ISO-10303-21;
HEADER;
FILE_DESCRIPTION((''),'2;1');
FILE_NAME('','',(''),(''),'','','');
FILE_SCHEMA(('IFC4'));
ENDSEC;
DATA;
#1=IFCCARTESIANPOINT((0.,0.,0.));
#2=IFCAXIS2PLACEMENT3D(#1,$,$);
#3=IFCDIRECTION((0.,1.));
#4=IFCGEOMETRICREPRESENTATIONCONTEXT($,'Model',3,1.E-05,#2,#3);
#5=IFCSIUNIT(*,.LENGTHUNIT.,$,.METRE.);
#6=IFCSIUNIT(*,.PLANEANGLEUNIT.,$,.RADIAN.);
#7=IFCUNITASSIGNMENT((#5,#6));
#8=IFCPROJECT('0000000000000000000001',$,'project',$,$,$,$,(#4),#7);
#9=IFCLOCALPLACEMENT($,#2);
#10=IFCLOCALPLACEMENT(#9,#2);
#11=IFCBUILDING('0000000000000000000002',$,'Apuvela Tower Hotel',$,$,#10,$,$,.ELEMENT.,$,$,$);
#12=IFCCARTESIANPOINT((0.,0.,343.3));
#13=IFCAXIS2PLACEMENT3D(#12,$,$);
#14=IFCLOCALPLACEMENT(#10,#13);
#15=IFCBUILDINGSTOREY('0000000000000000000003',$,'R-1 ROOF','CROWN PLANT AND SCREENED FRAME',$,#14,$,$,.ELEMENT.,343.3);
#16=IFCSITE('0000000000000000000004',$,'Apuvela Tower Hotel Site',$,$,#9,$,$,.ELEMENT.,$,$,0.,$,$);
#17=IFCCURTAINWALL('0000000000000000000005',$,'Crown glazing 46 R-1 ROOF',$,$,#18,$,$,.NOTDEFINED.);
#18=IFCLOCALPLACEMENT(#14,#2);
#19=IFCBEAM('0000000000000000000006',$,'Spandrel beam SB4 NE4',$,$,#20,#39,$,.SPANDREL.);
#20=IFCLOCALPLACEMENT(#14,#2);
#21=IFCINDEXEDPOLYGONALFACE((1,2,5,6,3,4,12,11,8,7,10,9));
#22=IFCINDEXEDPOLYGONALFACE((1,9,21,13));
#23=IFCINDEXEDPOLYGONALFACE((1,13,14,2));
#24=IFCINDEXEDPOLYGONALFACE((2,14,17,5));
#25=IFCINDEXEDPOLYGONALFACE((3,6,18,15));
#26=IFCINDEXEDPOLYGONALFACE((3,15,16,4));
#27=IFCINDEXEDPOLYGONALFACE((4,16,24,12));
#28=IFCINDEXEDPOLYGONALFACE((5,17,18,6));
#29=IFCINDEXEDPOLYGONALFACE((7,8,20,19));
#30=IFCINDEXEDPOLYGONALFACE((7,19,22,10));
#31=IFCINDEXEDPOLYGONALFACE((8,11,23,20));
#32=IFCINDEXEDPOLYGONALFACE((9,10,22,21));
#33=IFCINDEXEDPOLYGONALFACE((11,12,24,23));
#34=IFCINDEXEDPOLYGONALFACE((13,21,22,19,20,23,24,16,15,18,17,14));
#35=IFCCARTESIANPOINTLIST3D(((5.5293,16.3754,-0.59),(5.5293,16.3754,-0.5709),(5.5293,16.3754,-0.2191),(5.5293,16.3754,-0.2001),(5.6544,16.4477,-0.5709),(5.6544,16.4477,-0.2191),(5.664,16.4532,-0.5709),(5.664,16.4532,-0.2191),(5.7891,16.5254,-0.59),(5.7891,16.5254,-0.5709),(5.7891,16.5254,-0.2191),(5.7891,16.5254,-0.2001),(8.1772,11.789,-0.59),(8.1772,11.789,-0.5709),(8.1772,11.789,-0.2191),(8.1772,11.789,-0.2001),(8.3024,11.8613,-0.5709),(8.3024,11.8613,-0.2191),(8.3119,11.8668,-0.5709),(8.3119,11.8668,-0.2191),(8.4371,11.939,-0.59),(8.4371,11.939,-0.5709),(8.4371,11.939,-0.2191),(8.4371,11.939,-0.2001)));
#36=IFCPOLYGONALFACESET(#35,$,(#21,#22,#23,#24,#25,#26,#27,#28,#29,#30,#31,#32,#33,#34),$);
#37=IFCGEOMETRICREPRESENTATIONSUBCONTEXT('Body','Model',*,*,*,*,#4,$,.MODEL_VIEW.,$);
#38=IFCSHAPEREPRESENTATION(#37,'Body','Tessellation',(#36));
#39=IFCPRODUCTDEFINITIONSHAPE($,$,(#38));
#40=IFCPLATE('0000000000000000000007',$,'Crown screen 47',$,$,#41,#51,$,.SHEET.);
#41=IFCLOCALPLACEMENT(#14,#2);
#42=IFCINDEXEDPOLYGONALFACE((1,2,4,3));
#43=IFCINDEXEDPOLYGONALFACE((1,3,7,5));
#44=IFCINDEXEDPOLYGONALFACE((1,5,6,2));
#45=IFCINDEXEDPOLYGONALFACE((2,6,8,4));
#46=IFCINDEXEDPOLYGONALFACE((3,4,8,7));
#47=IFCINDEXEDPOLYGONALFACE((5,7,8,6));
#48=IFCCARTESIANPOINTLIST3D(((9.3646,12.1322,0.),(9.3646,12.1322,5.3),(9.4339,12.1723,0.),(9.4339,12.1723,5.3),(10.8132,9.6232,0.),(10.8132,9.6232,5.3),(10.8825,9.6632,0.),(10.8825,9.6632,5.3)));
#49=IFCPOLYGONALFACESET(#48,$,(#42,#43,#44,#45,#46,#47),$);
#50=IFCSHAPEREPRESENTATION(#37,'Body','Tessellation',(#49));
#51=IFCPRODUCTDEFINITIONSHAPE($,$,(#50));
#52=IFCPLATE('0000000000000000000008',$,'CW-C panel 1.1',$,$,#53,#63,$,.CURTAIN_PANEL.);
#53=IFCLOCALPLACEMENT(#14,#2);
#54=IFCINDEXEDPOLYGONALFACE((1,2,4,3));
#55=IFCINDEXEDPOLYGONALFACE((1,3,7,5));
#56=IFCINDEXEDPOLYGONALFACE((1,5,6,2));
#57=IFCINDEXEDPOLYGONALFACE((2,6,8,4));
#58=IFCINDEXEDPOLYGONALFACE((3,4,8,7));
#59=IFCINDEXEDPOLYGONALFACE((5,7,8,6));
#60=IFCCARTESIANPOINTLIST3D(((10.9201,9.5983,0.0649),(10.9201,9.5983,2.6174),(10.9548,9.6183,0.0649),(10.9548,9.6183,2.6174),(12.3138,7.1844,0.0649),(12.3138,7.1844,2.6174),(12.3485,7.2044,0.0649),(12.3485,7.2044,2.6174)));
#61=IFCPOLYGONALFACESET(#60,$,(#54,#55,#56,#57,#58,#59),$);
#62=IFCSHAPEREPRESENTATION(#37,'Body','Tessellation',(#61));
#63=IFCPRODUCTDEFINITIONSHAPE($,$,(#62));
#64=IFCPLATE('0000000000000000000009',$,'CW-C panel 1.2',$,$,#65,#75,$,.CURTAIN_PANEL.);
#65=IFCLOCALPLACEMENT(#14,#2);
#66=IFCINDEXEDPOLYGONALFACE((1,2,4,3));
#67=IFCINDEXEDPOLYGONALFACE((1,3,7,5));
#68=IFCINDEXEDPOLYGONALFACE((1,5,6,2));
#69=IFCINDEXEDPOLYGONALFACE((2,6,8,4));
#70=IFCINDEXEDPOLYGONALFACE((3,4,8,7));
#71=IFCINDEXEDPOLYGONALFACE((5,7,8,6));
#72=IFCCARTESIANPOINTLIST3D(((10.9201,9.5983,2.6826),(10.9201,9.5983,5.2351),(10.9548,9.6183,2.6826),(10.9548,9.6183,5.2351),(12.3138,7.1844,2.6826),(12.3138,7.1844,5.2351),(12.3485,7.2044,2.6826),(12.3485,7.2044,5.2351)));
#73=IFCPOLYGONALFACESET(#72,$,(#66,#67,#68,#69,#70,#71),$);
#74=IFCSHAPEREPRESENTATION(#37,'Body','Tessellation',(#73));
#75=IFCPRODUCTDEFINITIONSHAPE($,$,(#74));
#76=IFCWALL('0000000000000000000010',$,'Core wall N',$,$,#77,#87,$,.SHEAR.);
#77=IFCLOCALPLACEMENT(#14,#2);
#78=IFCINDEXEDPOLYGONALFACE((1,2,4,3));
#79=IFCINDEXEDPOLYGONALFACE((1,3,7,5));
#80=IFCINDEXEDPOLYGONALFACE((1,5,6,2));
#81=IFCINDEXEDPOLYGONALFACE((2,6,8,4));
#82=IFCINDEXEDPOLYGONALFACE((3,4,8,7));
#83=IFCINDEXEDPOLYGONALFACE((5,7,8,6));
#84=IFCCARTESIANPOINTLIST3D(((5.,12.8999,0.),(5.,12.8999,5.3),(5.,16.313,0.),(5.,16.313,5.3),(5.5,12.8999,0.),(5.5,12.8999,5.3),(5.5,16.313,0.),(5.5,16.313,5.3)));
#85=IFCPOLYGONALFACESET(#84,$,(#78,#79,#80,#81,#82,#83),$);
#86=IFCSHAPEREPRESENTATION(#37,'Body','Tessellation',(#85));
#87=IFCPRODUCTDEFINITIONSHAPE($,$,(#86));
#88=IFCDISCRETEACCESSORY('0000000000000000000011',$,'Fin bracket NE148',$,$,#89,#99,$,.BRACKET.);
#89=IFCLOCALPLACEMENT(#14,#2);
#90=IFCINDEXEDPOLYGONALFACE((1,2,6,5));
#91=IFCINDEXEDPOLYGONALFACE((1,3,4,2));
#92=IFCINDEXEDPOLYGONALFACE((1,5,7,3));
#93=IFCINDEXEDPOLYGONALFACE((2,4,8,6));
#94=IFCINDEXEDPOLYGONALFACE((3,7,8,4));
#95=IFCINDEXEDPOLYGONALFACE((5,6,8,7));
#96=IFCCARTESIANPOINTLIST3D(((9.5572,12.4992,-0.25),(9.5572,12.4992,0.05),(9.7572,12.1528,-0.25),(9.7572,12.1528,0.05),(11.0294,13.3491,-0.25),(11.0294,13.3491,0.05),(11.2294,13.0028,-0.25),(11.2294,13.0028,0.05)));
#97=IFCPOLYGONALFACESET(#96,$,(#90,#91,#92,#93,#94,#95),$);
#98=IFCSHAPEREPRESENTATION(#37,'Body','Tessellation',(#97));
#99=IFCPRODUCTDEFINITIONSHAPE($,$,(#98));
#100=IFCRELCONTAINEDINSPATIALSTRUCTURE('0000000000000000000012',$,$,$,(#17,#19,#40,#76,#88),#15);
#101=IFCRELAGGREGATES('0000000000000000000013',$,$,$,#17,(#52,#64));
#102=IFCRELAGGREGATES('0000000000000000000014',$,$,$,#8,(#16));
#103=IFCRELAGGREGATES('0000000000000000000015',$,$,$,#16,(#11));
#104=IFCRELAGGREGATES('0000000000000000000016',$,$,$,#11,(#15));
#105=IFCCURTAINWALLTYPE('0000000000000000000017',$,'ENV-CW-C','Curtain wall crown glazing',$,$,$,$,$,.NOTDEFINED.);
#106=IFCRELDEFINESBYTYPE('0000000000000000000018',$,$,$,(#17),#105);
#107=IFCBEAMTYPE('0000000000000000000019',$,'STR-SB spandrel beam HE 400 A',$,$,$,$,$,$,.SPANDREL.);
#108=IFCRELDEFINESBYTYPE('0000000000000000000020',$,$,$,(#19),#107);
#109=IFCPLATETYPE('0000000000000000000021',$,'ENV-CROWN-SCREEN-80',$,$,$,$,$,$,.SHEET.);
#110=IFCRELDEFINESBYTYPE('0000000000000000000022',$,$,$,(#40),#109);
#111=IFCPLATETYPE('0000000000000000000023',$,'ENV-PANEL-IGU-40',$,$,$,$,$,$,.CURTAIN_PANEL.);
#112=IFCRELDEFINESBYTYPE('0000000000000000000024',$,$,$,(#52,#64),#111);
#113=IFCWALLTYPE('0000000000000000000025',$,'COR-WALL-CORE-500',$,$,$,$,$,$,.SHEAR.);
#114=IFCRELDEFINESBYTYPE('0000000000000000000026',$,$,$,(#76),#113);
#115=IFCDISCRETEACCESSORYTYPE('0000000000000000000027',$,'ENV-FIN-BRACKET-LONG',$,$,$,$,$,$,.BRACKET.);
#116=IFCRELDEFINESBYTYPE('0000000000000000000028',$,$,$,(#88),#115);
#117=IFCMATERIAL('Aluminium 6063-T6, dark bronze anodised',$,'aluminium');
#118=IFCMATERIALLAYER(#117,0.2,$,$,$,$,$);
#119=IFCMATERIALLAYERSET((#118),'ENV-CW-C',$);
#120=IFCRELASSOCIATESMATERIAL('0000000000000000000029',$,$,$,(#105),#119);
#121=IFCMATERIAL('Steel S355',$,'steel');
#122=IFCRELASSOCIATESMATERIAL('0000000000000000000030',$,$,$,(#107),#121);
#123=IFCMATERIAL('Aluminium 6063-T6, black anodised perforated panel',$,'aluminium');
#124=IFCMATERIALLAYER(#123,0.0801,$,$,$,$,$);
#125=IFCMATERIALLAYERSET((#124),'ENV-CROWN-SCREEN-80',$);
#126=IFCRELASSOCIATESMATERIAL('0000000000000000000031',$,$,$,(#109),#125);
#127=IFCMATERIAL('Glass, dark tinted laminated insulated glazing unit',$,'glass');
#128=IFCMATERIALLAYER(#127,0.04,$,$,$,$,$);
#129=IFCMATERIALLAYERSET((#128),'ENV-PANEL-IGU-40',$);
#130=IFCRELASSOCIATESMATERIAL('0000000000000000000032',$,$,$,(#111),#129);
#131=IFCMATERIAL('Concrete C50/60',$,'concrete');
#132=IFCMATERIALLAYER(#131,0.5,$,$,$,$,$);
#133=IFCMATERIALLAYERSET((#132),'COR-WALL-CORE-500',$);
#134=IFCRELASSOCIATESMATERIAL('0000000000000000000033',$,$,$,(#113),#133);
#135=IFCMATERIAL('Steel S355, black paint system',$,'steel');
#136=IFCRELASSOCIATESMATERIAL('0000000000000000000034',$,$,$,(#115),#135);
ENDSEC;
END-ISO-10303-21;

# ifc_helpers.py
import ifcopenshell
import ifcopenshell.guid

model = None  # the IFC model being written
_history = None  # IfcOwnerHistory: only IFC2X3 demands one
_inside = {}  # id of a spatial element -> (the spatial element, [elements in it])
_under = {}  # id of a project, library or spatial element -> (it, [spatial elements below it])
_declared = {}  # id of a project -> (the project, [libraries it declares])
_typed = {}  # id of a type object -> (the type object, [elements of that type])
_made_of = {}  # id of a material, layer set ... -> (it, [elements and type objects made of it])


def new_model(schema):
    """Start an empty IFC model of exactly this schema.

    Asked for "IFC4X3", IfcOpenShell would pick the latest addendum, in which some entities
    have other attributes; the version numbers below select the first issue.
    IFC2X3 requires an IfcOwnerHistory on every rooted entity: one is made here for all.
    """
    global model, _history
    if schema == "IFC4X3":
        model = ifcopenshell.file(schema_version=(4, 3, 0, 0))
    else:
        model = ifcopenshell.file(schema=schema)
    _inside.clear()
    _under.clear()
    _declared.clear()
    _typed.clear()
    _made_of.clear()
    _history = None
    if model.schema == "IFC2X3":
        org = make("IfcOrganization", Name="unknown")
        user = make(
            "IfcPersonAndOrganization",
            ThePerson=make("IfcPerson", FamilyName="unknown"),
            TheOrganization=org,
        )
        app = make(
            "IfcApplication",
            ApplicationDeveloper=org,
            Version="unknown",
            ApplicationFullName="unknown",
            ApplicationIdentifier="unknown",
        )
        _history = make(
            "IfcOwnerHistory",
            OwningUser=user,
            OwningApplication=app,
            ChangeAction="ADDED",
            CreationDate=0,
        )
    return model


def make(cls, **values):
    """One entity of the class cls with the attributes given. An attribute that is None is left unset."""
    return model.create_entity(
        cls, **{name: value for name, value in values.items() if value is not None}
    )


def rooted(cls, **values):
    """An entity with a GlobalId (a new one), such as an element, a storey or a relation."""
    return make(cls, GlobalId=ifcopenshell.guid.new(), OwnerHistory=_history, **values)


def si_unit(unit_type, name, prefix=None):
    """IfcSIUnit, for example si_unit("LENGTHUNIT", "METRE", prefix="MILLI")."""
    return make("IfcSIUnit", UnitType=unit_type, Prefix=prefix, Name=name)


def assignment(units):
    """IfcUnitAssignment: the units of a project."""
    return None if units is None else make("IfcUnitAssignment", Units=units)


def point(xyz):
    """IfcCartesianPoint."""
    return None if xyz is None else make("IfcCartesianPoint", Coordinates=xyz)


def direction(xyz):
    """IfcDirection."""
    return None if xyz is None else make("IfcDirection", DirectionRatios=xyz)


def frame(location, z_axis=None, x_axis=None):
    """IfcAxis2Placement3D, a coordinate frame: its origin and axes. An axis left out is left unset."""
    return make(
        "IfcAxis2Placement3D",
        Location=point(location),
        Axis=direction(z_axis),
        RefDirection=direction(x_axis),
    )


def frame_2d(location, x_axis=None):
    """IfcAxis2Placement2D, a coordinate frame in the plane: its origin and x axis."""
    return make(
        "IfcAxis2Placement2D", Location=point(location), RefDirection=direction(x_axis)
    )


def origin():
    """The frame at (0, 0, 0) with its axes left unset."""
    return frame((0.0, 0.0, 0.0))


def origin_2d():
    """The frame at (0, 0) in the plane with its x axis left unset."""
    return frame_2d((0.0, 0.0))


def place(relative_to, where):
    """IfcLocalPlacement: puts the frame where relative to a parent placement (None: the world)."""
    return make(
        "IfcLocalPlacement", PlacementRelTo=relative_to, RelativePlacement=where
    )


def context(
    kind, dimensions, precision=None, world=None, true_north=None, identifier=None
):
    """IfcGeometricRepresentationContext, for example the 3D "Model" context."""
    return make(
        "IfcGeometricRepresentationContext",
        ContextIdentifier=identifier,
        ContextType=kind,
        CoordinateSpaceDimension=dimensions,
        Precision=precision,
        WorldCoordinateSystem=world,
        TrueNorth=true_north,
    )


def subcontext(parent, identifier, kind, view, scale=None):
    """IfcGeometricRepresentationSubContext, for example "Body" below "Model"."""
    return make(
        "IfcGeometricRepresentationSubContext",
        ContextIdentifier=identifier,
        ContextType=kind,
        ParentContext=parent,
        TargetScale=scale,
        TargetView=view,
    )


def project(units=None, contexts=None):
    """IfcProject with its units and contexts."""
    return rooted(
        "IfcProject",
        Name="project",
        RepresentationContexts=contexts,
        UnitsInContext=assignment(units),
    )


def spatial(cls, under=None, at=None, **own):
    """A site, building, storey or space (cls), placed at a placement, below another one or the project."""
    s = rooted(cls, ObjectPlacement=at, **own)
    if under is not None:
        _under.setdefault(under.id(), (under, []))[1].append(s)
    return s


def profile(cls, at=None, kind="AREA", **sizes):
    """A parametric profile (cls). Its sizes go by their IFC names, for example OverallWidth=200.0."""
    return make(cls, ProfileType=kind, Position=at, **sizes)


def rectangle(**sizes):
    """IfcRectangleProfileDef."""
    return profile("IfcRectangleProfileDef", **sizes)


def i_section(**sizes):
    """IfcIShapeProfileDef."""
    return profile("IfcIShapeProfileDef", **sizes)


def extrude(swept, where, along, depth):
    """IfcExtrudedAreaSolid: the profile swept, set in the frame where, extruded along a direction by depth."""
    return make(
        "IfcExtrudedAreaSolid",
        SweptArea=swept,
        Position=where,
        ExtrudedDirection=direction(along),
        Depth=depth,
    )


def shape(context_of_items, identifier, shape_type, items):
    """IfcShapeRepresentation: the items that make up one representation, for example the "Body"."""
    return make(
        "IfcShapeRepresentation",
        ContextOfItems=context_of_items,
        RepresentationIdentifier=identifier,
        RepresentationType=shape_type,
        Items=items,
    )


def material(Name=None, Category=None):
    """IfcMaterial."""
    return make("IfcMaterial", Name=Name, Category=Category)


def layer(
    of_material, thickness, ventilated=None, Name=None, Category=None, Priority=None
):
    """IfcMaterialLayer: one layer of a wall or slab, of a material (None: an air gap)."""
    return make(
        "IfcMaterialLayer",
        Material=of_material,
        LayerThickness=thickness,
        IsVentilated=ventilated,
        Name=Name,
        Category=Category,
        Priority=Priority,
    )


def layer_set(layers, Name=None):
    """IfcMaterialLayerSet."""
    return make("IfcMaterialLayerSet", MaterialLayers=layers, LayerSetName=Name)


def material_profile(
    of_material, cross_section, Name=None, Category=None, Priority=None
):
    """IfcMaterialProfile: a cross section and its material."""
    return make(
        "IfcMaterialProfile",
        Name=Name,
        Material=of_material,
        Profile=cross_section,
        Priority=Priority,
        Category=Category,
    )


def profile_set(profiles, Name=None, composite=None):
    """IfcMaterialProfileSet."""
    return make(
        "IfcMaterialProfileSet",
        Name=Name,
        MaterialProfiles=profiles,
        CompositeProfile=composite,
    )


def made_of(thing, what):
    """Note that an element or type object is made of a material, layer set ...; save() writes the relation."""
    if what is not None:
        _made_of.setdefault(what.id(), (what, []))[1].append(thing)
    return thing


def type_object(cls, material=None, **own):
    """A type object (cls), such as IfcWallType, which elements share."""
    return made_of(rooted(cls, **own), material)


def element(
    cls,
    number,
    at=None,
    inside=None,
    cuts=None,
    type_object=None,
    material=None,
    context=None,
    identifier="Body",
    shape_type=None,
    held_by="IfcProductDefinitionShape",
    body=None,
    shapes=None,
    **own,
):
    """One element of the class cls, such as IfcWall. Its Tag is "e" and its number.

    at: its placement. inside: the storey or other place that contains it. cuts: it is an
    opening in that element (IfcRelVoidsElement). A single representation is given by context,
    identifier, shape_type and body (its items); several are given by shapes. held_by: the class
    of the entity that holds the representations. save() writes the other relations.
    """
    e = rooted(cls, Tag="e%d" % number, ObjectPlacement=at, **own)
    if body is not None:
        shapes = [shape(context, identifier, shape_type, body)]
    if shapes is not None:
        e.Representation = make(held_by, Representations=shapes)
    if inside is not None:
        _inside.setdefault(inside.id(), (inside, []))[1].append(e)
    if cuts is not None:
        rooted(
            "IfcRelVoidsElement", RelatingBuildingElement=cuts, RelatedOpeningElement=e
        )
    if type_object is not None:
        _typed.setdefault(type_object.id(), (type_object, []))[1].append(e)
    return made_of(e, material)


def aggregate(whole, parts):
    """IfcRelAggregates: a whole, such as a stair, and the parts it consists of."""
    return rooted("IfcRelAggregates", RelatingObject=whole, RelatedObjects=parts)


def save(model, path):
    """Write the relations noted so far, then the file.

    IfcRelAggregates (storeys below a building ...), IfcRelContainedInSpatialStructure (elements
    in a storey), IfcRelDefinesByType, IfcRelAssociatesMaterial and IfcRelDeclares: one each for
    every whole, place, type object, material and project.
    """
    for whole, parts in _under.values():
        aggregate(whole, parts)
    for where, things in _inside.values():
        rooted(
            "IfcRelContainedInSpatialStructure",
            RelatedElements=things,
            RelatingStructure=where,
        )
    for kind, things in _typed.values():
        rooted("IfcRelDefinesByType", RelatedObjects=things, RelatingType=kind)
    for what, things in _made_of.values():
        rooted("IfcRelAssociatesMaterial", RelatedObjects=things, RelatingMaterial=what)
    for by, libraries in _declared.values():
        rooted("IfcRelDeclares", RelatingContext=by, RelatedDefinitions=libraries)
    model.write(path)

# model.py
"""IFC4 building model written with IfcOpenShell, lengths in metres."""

from ifc_helpers import new_model, si_unit, direction, frame, frame_2d, origin, origin_2d, place, context, subcontext, project, spatial, rectangle, i_section, extrude, material, layer, layer_set, material_profile, profile_set, type_object, element, aggregate, save


model = new_model("IFC4")

# Units and contexts
model_context = context("Model", 3, precision=1e-05, world=origin(), true_north=direction((0.0, 1.0)))
body_context = subcontext(model_context, "Body", "Model", "MODEL_VIEW")
ifc_project = project(units=[si_unit("LENGTHUNIT", "METRE"), si_unit("PLANEANGLEUNIT", "RADIAN")], contexts=[model_context])

# Site, building, storey
site_placement = place(None, origin())
site = spatial("IfcSite", under=ifc_project, at=site_placement, Name="Apuvela Tower Hotel Site", CompositionType="ELEMENT", RefElevation=0.0)
building_placement = place(site_placement, origin())
building = spatial("IfcBuilding", under=site, at=building_placement, Name="Apuvela Tower Hotel", CompositionType="ELEMENT")
storey_placement = place(building_placement, frame((0.0, 0.0, 343.3)))
storey = spatial("IfcBuildingStorey", under=building, at=storey_placement, Name="R-1 ROOF", Description="CROWN PLANT AND SCREENED FRAME", CompositionType="ELEMENT", Elevation=343.3)

# Curtain wall
ifc_material_1 = material(Name="Aluminium 6063-T6, dark bronze anodised", Category="aluminium")
ifc_layer_1 = layer(ifc_material_1, 0.2)
ifc_layer_set_1 = layer_set([ifc_layer_1], Name="ENV-CW-C")
curtain_wall_type_1 = type_object("IfcCurtainWallType", Name="ENV-CW-C", Description="Curtain wall crown glazing", PredefinedType="NOTDEFINED", material=ifc_layer_set_1)
curtain_wall_1_placement = place(storey_placement, origin())
curtain_wall_1 = element("IfcCurtainWall", 1, at=curtain_wall_1_placement, inside=storey, type_object=curtain_wall_type_1, Name="Crown glazing 46 R-1 ROOF", PredefinedType="NOTDEFINED")

# Beam
ifc_material_2 = material(Name="Steel S355", Category="steel")
ifc_material_profile_1 = material_profile(ifc_material_2, i_section(OverallWidth=0.3, OverallDepth=0.3899, WebThickness=0.011, FlangeThickness=0.019, at=origin_2d()), Name="HE 400 A")
ifc_profile_set_1 = profile_set([ifc_material_profile_1], Name="Steel S355")
beam_type_1 = type_object("IfcBeamType", Name="STR-SB spandrel beam HE 400 A", PredefinedType="SPANDREL", material=ifc_profile_set_1)
beam_1_placement = place(storey_placement, frame((8.3071, 11.864, -0.395), z_axis=(-0.499996, 0.866027, 0.0), x_axis=(-0.866027, -0.499996, 0.0)))
element("IfcBeam", 2, at=beam_1_placement, inside=storey, type_object=beam_type_1, Name="Spandrel beam SB4 NE4", PredefinedType="SPANDREL", context=body_context, shape_type="SweptSolid", body=[
    extrude(i_section(OverallWidth=0.3, OverallDepth=0.3899, WebThickness=0.011, FlangeThickness=0.019, at=origin_2d()), origin(), (0.0, 0.0, 1.0), 5.2959),
])

# Plates
ifc_material_3 = material(Name="Aluminium 6063-T6, black anodised perforated panel", Category="aluminium")
ifc_layer_2 = layer(ifc_material_3, 0.0801)
ifc_layer_set_2 = layer_set([ifc_layer_2], Name="ENV-CROWN-SCREEN-80")
plate_type_1 = type_object("IfcPlateType", Name="ENV-CROWN-SCREEN-80", PredefinedType="SHEET", material=ifc_layer_set_2)
plate_1_placement = place(storey_placement, frame((10.1235, 10.8977, 0.0), z_axis=(0.0, 0.0, 1.0), x_axis=(-0.5, 0.866025, 0.0)))
element("IfcPlate", 3, at=plate_1_placement, inside=storey, type_object=plate_type_1, Name="Crown screen 47", PredefinedType="SHEET", context=body_context, shape_type="SweptSolid", body=[
    extrude(rectangle(XDim=2.8972, YDim=0.0801, at=origin_2d()), origin(), (0.0, 0.0, 1.0), 5.3),
])
ifc_material_4 = material(Name="Glass, dark tinted laminated insulated glazing unit", Category="glass")
ifc_layer_3 = layer(ifc_material_4, 0.04)
ifc_layer_set_3 = layer_set([ifc_layer_3], Name="ENV-PANEL-IGU-40")
plate_type_2 = type_object("IfcPlateType", Name="ENV-PANEL-IGU-40", PredefinedType="CURTAIN_PANEL", material=ifc_layer_set_3)
plate_2_placement = place(storey_placement, frame((11.6343, 8.4014, 0.0649), z_axis=(0.0, 0.0, 1.0), x_axis=(-0.500006, 0.866022, 0.0)))
plate_2 = element("IfcPlate", 4, at=plate_2_placement, type_object=plate_type_2, Name="CW-C panel 1.1", PredefinedType="CURTAIN_PANEL", context=body_context, shape_type="SweptSolid", body=[
    extrude(rectangle(XDim=2.7874, YDim=0.04, at=origin_2d()), origin(), (0.0, 0.0, 1.0), 2.5525),
])
plate_3_placement = place(storey_placement, frame((11.6343, 8.4014, 2.6826), z_axis=(0.0, 0.0, 1.0), x_axis=(-0.500006, 0.866022, 0.0)))
plate_3 = element("IfcPlate", 5, at=plate_3_placement, type_object=plate_type_2, Name="CW-C panel 1.2", PredefinedType="CURTAIN_PANEL", context=body_context, shape_type="SweptSolid", body=[
    extrude(rectangle(XDim=2.7874, YDim=0.04, at=origin_2d()), origin(), (0.0, 0.0, 1.0), 2.5525),
])
aggregate(curtain_wall_1, [plate_2, plate_3])

# Wall
ifc_material_5 = material(Name="Concrete C50/60", Category="concrete")
ifc_layer_4 = layer(ifc_material_5, 0.5)
ifc_layer_set_4 = layer_set([ifc_layer_4], Name="COR-WALL-CORE-500")
wall_type = type_object("IfcWallType", Name="COR-WALL-CORE-500", PredefinedType="SHEAR", material=ifc_layer_set_4)
wall_placement = place(storey_placement, frame((5.25, 12.8999, 0.0), z_axis=(0.0, 0.0, 1.0), x_axis=(0.0, 1.0, 0.0)))
element("IfcWall", 6, at=wall_placement, inside=storey, type_object=wall_type, Name="Core wall N", PredefinedType="SHEAR", context=body_context, shape_type="SweptSolid", body=[
    extrude(rectangle(XDim=3.4131, YDim=0.5, at=frame_2d((1.7065, 0.0))), origin(), (0.0, 0.0, 1.0), 5.3),
])

# Discrete accessory
ifc_material_6 = material(Name="Steel S355, black paint system", Category="steel")
discrete_accessory_type = type_object("IfcDiscreteAccessoryType", Name="ENV-FIN-BRACKET-LONG", PredefinedType="BRACKET", material=ifc_material_6)
discrete_accessory_placement = place(storey_placement, frame((10.3933, 12.751, -0.25), z_axis=(0.0, 0.0, 1.0), x_axis=(-0.5, 0.866025, 0.0)))
element("IfcDiscreteAccessory", 7, at=discrete_accessory_placement, inside=storey, type_object=discrete_accessory_type, Name="Fin bracket NE148", PredefinedType="BRACKET", context=body_context, shape_type="SweptSolid", body=[
    extrude(rectangle(XDim=0.3999, YDim=1.7, at=origin_2d()), origin(), (0.0, 0.0, 1.0), 0.3),
])

save(model, "model.ifc")
